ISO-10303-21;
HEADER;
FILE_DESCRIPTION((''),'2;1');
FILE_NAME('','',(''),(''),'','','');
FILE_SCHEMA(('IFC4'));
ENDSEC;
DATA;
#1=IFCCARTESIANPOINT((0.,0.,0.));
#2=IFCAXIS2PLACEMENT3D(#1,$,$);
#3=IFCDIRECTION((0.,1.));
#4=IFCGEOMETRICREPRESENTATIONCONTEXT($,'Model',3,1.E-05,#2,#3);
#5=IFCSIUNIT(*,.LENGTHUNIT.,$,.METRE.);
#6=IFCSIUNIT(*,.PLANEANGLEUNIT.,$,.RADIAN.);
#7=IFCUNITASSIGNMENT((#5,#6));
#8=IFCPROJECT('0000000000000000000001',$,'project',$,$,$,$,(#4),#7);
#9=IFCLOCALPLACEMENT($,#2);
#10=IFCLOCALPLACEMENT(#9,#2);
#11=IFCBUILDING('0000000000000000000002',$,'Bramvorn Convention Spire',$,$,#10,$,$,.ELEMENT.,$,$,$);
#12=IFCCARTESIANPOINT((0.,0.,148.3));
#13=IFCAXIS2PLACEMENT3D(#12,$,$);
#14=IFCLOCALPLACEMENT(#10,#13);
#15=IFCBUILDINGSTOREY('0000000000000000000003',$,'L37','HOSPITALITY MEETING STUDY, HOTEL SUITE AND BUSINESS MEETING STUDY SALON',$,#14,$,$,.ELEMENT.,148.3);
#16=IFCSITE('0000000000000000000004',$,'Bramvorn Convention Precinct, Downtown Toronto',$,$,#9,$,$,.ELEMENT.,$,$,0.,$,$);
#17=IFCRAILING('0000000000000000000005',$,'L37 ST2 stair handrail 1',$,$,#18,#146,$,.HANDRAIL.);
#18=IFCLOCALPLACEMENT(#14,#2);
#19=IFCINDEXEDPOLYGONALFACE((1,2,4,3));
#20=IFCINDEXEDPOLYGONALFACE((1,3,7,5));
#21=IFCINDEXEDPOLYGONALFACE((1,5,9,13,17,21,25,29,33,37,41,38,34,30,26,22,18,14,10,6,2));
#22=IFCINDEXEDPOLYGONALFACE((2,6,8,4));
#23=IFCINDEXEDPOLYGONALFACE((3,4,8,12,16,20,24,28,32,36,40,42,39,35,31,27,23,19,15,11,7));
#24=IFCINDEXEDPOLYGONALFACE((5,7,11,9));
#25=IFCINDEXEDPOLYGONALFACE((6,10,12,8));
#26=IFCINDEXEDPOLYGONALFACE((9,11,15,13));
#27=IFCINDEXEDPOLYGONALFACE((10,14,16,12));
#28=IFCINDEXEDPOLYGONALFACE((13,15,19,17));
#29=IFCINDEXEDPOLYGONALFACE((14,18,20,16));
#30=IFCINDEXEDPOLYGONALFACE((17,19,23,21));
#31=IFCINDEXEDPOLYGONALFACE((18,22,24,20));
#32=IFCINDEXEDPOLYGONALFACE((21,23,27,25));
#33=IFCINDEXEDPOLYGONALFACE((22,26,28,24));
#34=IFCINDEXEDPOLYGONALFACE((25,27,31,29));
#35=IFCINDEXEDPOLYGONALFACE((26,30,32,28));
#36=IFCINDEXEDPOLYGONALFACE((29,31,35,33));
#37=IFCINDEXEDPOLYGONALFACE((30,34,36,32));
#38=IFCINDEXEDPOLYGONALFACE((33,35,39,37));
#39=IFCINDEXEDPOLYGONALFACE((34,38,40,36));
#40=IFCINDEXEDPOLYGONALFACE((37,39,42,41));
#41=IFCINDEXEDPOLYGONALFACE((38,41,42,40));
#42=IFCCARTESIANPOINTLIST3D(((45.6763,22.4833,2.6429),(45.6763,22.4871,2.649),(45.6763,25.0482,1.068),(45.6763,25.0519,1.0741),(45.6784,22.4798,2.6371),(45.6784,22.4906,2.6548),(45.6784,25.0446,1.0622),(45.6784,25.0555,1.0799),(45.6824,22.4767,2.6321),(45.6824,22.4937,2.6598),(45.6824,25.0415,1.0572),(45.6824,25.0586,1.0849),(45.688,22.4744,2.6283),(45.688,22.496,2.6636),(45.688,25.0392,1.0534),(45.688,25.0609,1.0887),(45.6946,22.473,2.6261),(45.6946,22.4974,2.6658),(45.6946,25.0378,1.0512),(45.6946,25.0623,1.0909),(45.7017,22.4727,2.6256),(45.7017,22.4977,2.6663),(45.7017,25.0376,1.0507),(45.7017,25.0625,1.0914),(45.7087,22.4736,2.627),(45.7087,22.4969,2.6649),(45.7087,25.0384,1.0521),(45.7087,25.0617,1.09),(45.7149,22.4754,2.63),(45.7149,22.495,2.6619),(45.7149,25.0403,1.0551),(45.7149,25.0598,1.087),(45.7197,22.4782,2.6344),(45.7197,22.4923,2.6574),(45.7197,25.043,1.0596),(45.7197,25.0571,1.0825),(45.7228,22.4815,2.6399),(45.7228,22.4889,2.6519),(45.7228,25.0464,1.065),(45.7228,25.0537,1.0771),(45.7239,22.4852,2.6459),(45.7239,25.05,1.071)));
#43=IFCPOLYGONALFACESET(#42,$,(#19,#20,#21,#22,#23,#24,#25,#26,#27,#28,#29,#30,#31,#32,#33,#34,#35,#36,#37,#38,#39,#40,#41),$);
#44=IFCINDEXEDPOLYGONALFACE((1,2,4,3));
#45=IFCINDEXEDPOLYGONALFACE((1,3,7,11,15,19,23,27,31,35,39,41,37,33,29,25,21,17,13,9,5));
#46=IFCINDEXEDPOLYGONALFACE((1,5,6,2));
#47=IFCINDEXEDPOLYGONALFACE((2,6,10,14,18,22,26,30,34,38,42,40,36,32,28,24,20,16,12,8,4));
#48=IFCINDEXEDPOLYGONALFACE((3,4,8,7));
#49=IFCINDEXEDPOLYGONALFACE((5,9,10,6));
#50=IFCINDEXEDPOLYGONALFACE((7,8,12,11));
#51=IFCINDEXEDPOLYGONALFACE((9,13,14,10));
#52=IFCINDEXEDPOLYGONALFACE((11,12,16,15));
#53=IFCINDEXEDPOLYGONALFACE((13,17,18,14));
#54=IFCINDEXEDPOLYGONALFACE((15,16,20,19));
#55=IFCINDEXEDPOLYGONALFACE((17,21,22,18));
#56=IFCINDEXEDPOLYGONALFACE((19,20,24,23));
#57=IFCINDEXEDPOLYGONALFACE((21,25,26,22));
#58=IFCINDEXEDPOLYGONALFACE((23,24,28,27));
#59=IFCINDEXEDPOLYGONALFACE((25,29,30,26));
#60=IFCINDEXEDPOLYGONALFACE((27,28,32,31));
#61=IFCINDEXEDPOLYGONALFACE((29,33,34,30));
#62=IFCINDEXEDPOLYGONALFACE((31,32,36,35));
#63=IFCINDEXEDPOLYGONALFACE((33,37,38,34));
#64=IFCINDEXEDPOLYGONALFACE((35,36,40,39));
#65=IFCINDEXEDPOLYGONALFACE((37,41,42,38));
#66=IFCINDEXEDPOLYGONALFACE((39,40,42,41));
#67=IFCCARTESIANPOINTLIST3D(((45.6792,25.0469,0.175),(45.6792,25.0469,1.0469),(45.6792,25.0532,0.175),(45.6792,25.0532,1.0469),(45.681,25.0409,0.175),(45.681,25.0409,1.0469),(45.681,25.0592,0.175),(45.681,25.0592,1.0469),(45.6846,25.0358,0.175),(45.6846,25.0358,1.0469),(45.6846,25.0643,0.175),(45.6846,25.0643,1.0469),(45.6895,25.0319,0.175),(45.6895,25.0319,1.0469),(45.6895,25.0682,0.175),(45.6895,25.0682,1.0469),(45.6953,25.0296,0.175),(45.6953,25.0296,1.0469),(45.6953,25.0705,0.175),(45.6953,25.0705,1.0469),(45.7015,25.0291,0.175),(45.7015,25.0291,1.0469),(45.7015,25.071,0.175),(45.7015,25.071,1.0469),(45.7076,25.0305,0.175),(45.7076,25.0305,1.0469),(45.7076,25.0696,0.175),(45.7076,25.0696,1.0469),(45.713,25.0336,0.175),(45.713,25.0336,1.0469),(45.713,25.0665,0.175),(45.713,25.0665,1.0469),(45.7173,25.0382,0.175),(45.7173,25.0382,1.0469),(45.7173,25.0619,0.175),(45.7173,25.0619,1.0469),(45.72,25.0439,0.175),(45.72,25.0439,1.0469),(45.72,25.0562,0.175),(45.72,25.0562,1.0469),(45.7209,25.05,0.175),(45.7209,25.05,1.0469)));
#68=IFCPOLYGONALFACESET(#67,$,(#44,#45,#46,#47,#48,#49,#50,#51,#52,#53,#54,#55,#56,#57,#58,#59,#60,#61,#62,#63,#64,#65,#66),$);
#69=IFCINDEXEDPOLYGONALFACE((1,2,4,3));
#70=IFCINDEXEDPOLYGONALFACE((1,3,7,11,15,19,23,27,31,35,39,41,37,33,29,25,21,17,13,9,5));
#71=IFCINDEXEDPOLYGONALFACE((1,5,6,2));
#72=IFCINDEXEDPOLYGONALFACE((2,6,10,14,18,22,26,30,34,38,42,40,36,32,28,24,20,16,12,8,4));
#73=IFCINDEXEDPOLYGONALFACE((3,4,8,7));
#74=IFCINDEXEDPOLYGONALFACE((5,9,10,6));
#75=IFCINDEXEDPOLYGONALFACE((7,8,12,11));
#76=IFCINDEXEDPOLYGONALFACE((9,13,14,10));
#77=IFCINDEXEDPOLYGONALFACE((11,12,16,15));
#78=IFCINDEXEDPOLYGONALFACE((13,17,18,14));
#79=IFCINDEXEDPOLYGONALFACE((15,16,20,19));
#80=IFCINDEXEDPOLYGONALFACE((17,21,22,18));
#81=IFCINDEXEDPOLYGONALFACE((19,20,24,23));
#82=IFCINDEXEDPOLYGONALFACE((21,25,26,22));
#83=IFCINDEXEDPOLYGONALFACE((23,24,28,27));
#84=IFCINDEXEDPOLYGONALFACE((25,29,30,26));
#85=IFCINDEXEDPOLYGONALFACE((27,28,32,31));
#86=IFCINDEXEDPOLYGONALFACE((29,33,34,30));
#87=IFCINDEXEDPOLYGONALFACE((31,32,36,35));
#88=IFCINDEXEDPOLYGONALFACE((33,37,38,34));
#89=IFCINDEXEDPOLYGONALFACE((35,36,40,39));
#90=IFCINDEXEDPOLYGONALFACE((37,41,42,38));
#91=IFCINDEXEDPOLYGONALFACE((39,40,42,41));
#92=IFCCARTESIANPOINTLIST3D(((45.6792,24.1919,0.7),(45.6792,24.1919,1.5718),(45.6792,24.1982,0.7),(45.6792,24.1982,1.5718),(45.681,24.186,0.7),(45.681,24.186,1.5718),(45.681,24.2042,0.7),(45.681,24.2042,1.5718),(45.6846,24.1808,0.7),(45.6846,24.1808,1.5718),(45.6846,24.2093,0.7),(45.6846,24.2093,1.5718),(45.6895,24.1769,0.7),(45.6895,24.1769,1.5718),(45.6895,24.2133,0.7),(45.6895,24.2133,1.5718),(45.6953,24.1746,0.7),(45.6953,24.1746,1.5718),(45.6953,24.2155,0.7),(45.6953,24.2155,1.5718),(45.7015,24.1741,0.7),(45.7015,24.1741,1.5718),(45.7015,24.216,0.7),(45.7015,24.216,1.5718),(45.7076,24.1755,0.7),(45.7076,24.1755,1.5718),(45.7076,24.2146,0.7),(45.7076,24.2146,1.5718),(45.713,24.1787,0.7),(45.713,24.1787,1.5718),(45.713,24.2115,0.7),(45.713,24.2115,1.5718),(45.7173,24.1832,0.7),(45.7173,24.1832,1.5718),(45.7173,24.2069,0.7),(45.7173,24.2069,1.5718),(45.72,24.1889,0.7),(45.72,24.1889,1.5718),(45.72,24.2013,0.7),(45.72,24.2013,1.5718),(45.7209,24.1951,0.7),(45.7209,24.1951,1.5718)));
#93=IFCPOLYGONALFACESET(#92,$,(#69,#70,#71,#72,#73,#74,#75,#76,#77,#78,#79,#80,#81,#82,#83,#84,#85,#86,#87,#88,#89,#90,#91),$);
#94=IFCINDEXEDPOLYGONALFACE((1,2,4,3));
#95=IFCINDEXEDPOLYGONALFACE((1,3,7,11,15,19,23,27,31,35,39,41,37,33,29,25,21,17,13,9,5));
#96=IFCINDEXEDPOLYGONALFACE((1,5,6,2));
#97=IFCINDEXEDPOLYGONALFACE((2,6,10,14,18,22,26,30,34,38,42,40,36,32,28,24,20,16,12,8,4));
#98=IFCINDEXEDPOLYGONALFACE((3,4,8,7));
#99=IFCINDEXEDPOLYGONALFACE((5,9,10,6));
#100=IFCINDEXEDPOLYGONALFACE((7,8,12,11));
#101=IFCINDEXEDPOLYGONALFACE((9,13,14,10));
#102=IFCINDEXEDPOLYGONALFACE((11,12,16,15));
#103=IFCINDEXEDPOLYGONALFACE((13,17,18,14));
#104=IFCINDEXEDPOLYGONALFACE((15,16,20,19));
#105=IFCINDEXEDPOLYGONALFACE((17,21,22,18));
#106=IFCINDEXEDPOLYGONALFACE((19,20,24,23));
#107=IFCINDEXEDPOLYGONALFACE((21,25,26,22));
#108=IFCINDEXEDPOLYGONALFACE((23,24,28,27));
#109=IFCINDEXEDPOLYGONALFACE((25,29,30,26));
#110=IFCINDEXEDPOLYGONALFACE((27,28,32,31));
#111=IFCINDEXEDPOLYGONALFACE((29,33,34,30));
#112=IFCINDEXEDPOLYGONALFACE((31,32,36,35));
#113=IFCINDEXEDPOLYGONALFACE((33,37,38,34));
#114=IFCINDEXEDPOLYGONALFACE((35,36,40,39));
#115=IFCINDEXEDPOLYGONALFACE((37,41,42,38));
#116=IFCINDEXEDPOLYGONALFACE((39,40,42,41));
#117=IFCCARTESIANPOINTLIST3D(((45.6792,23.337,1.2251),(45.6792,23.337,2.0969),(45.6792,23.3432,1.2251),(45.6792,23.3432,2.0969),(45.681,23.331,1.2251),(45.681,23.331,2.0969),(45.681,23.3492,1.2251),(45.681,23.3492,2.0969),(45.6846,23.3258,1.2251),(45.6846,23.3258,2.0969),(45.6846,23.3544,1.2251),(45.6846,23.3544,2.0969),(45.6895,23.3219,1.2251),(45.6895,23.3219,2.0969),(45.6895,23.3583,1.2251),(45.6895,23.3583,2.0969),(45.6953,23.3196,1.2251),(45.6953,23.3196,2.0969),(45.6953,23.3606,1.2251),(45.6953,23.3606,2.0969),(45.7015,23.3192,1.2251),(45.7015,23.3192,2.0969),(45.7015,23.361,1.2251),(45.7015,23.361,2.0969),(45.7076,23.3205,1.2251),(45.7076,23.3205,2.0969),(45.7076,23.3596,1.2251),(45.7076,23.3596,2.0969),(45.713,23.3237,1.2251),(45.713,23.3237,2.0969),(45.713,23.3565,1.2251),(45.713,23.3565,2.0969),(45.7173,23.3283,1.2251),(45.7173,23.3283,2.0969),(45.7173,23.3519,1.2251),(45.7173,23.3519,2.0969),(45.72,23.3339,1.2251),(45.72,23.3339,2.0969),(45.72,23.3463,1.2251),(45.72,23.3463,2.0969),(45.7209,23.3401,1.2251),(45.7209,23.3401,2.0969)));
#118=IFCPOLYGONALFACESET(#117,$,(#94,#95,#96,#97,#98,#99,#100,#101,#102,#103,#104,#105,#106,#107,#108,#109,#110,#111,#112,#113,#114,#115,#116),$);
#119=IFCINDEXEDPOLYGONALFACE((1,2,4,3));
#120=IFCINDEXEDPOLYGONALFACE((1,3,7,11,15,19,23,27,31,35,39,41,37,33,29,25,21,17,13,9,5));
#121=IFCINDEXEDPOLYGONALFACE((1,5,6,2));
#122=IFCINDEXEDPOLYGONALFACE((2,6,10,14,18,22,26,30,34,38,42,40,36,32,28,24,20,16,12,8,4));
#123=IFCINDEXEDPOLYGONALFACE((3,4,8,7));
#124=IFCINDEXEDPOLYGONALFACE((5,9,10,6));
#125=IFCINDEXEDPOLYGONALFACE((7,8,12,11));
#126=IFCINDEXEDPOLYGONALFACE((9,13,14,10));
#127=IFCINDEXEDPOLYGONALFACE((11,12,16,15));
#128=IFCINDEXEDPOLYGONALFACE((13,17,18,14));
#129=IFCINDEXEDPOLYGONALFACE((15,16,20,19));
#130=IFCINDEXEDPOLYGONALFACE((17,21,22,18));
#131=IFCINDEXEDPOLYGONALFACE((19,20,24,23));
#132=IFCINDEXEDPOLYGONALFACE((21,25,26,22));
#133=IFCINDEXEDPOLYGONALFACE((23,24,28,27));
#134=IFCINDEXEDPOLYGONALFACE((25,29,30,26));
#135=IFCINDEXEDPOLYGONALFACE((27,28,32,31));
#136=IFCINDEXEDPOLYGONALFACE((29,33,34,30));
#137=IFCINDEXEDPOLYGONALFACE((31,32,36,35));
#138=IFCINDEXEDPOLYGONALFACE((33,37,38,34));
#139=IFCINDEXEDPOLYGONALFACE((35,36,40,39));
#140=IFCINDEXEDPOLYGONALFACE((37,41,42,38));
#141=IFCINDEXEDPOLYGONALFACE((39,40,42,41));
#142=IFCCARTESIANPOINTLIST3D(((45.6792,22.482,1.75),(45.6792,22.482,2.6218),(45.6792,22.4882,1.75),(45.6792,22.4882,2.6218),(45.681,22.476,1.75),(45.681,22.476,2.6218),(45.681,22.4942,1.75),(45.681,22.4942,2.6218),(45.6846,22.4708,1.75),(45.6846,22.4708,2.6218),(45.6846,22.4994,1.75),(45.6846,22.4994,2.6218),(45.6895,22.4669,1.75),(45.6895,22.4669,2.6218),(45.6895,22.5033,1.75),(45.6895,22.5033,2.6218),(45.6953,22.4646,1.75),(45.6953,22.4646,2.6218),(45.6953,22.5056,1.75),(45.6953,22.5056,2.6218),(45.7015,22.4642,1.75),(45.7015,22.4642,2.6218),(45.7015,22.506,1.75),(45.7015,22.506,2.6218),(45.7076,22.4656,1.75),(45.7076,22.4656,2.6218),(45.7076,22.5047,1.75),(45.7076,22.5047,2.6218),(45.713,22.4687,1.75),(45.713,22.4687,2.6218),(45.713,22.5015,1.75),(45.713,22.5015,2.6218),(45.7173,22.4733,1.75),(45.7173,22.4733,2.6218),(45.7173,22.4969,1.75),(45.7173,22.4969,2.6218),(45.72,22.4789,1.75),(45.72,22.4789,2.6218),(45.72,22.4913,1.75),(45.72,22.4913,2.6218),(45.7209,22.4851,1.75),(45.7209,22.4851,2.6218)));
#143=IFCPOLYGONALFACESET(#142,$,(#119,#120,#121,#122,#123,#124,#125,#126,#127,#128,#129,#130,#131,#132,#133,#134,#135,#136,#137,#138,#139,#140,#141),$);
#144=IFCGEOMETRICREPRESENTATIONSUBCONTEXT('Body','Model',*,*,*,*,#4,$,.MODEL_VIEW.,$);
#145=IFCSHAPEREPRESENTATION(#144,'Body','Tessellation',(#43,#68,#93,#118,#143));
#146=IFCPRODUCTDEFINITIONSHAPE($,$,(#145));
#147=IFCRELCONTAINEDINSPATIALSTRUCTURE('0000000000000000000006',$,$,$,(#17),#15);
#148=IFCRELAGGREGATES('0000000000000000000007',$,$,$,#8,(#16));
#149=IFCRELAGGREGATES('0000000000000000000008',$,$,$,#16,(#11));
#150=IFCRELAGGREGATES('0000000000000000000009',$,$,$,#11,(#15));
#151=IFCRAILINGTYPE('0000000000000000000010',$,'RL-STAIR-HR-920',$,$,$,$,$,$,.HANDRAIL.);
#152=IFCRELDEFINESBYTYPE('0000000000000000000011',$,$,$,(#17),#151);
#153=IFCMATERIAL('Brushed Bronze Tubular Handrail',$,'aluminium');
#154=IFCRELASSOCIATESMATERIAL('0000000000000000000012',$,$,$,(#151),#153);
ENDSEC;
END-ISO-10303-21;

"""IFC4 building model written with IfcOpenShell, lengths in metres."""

from ifc_helpers import new_model, si_unit, direction, frame, origin, origin_2d, place, context, subcontext, project, spatial, circle, extrude, material, type_object, element, save


model = new_model("IFC4")

# Units and contexts
model_context = context("Model", 3, precision=1e-05, world=origin(), true_north=direction((0.0, 1.0)))
body_context = subcontext(model_context, "Body", "Model", "MODEL_VIEW")
ifc_project = project(units=[si_unit("LENGTHUNIT", "METRE"), si_unit("PLANEANGLEUNIT", "RADIAN")], contexts=[model_context])

# Site, building, storey
site_placement = place(None, origin())
site = spatial("IfcSite", under=ifc_project, at=site_placement, Name="Bramvorn Convention Precinct, Downtown Toronto", CompositionType="ELEMENT", RefElevation=0.0)
building_placement = place(site_placement, origin())
building = spatial("IfcBuilding", under=site, at=building_placement, Name="Bramvorn Convention Spire", CompositionType="ELEMENT")
storey_placement = place(building_placement, frame((0.0, 0.0, 148.3)))
storey = spatial("IfcBuildingStorey", under=building, at=storey_placement, Name="L37", Description="HOSPITALITY MEETING STUDY, HOTEL SUITE AND BUSINESS MEETING STUDY SALON", CompositionType="ELEMENT", Elevation=148.3)

# Railing
ifc_material_1 = material(Name="Brushed Bronze Tubular Handrail", Category="aluminium")
railing_type_1 = type_object("IfcRailingType", Name="RL-STAIR-HR-920", PredefinedType="HANDRAIL", material=ifc_material_1)
railing_1_placement = place(storey_placement, frame((45.7, 25.05, 0.175)))
element("IfcRailing", 1, at=railing_1_placement, inside=storey, type_object=railing_type_1, Name="L37 ST2 stair handrail 1", PredefinedType="HANDRAIL", context=body_context, shape_type="SweptSolid", body=[
    extrude(circle(Radius=0.0239, at=origin_2d()), frame((0.0, 0.0, 0.896), z_axis=(0.0, -0.852173, 0.52326), x_axis=(1.0, 0.0, 0.0)), (0.0, 0.0, 1.0), 3.0098),
    extrude(circle(Radius=0.021, at=origin_2d()), origin(), (0.0, 0.0, 1.0), 0.8718),
    extrude(circle(Radius=0.021, at=origin_2d()), frame((0.0, -0.855, 0.5249)), (0.0, 0.0, 1.0), 0.8718),
    extrude(circle(Radius=0.021, at=origin_2d()), frame((0.0, -1.71, 1.05)), (0.0, 0.0, 1.0), 0.8718),
    extrude(circle(Radius=0.021, at=origin_2d()), frame((0.0, -2.5649, 1.575)), (0.0, 0.0, 1.0), 0.8718),
])

save(model, "model.ifc")
